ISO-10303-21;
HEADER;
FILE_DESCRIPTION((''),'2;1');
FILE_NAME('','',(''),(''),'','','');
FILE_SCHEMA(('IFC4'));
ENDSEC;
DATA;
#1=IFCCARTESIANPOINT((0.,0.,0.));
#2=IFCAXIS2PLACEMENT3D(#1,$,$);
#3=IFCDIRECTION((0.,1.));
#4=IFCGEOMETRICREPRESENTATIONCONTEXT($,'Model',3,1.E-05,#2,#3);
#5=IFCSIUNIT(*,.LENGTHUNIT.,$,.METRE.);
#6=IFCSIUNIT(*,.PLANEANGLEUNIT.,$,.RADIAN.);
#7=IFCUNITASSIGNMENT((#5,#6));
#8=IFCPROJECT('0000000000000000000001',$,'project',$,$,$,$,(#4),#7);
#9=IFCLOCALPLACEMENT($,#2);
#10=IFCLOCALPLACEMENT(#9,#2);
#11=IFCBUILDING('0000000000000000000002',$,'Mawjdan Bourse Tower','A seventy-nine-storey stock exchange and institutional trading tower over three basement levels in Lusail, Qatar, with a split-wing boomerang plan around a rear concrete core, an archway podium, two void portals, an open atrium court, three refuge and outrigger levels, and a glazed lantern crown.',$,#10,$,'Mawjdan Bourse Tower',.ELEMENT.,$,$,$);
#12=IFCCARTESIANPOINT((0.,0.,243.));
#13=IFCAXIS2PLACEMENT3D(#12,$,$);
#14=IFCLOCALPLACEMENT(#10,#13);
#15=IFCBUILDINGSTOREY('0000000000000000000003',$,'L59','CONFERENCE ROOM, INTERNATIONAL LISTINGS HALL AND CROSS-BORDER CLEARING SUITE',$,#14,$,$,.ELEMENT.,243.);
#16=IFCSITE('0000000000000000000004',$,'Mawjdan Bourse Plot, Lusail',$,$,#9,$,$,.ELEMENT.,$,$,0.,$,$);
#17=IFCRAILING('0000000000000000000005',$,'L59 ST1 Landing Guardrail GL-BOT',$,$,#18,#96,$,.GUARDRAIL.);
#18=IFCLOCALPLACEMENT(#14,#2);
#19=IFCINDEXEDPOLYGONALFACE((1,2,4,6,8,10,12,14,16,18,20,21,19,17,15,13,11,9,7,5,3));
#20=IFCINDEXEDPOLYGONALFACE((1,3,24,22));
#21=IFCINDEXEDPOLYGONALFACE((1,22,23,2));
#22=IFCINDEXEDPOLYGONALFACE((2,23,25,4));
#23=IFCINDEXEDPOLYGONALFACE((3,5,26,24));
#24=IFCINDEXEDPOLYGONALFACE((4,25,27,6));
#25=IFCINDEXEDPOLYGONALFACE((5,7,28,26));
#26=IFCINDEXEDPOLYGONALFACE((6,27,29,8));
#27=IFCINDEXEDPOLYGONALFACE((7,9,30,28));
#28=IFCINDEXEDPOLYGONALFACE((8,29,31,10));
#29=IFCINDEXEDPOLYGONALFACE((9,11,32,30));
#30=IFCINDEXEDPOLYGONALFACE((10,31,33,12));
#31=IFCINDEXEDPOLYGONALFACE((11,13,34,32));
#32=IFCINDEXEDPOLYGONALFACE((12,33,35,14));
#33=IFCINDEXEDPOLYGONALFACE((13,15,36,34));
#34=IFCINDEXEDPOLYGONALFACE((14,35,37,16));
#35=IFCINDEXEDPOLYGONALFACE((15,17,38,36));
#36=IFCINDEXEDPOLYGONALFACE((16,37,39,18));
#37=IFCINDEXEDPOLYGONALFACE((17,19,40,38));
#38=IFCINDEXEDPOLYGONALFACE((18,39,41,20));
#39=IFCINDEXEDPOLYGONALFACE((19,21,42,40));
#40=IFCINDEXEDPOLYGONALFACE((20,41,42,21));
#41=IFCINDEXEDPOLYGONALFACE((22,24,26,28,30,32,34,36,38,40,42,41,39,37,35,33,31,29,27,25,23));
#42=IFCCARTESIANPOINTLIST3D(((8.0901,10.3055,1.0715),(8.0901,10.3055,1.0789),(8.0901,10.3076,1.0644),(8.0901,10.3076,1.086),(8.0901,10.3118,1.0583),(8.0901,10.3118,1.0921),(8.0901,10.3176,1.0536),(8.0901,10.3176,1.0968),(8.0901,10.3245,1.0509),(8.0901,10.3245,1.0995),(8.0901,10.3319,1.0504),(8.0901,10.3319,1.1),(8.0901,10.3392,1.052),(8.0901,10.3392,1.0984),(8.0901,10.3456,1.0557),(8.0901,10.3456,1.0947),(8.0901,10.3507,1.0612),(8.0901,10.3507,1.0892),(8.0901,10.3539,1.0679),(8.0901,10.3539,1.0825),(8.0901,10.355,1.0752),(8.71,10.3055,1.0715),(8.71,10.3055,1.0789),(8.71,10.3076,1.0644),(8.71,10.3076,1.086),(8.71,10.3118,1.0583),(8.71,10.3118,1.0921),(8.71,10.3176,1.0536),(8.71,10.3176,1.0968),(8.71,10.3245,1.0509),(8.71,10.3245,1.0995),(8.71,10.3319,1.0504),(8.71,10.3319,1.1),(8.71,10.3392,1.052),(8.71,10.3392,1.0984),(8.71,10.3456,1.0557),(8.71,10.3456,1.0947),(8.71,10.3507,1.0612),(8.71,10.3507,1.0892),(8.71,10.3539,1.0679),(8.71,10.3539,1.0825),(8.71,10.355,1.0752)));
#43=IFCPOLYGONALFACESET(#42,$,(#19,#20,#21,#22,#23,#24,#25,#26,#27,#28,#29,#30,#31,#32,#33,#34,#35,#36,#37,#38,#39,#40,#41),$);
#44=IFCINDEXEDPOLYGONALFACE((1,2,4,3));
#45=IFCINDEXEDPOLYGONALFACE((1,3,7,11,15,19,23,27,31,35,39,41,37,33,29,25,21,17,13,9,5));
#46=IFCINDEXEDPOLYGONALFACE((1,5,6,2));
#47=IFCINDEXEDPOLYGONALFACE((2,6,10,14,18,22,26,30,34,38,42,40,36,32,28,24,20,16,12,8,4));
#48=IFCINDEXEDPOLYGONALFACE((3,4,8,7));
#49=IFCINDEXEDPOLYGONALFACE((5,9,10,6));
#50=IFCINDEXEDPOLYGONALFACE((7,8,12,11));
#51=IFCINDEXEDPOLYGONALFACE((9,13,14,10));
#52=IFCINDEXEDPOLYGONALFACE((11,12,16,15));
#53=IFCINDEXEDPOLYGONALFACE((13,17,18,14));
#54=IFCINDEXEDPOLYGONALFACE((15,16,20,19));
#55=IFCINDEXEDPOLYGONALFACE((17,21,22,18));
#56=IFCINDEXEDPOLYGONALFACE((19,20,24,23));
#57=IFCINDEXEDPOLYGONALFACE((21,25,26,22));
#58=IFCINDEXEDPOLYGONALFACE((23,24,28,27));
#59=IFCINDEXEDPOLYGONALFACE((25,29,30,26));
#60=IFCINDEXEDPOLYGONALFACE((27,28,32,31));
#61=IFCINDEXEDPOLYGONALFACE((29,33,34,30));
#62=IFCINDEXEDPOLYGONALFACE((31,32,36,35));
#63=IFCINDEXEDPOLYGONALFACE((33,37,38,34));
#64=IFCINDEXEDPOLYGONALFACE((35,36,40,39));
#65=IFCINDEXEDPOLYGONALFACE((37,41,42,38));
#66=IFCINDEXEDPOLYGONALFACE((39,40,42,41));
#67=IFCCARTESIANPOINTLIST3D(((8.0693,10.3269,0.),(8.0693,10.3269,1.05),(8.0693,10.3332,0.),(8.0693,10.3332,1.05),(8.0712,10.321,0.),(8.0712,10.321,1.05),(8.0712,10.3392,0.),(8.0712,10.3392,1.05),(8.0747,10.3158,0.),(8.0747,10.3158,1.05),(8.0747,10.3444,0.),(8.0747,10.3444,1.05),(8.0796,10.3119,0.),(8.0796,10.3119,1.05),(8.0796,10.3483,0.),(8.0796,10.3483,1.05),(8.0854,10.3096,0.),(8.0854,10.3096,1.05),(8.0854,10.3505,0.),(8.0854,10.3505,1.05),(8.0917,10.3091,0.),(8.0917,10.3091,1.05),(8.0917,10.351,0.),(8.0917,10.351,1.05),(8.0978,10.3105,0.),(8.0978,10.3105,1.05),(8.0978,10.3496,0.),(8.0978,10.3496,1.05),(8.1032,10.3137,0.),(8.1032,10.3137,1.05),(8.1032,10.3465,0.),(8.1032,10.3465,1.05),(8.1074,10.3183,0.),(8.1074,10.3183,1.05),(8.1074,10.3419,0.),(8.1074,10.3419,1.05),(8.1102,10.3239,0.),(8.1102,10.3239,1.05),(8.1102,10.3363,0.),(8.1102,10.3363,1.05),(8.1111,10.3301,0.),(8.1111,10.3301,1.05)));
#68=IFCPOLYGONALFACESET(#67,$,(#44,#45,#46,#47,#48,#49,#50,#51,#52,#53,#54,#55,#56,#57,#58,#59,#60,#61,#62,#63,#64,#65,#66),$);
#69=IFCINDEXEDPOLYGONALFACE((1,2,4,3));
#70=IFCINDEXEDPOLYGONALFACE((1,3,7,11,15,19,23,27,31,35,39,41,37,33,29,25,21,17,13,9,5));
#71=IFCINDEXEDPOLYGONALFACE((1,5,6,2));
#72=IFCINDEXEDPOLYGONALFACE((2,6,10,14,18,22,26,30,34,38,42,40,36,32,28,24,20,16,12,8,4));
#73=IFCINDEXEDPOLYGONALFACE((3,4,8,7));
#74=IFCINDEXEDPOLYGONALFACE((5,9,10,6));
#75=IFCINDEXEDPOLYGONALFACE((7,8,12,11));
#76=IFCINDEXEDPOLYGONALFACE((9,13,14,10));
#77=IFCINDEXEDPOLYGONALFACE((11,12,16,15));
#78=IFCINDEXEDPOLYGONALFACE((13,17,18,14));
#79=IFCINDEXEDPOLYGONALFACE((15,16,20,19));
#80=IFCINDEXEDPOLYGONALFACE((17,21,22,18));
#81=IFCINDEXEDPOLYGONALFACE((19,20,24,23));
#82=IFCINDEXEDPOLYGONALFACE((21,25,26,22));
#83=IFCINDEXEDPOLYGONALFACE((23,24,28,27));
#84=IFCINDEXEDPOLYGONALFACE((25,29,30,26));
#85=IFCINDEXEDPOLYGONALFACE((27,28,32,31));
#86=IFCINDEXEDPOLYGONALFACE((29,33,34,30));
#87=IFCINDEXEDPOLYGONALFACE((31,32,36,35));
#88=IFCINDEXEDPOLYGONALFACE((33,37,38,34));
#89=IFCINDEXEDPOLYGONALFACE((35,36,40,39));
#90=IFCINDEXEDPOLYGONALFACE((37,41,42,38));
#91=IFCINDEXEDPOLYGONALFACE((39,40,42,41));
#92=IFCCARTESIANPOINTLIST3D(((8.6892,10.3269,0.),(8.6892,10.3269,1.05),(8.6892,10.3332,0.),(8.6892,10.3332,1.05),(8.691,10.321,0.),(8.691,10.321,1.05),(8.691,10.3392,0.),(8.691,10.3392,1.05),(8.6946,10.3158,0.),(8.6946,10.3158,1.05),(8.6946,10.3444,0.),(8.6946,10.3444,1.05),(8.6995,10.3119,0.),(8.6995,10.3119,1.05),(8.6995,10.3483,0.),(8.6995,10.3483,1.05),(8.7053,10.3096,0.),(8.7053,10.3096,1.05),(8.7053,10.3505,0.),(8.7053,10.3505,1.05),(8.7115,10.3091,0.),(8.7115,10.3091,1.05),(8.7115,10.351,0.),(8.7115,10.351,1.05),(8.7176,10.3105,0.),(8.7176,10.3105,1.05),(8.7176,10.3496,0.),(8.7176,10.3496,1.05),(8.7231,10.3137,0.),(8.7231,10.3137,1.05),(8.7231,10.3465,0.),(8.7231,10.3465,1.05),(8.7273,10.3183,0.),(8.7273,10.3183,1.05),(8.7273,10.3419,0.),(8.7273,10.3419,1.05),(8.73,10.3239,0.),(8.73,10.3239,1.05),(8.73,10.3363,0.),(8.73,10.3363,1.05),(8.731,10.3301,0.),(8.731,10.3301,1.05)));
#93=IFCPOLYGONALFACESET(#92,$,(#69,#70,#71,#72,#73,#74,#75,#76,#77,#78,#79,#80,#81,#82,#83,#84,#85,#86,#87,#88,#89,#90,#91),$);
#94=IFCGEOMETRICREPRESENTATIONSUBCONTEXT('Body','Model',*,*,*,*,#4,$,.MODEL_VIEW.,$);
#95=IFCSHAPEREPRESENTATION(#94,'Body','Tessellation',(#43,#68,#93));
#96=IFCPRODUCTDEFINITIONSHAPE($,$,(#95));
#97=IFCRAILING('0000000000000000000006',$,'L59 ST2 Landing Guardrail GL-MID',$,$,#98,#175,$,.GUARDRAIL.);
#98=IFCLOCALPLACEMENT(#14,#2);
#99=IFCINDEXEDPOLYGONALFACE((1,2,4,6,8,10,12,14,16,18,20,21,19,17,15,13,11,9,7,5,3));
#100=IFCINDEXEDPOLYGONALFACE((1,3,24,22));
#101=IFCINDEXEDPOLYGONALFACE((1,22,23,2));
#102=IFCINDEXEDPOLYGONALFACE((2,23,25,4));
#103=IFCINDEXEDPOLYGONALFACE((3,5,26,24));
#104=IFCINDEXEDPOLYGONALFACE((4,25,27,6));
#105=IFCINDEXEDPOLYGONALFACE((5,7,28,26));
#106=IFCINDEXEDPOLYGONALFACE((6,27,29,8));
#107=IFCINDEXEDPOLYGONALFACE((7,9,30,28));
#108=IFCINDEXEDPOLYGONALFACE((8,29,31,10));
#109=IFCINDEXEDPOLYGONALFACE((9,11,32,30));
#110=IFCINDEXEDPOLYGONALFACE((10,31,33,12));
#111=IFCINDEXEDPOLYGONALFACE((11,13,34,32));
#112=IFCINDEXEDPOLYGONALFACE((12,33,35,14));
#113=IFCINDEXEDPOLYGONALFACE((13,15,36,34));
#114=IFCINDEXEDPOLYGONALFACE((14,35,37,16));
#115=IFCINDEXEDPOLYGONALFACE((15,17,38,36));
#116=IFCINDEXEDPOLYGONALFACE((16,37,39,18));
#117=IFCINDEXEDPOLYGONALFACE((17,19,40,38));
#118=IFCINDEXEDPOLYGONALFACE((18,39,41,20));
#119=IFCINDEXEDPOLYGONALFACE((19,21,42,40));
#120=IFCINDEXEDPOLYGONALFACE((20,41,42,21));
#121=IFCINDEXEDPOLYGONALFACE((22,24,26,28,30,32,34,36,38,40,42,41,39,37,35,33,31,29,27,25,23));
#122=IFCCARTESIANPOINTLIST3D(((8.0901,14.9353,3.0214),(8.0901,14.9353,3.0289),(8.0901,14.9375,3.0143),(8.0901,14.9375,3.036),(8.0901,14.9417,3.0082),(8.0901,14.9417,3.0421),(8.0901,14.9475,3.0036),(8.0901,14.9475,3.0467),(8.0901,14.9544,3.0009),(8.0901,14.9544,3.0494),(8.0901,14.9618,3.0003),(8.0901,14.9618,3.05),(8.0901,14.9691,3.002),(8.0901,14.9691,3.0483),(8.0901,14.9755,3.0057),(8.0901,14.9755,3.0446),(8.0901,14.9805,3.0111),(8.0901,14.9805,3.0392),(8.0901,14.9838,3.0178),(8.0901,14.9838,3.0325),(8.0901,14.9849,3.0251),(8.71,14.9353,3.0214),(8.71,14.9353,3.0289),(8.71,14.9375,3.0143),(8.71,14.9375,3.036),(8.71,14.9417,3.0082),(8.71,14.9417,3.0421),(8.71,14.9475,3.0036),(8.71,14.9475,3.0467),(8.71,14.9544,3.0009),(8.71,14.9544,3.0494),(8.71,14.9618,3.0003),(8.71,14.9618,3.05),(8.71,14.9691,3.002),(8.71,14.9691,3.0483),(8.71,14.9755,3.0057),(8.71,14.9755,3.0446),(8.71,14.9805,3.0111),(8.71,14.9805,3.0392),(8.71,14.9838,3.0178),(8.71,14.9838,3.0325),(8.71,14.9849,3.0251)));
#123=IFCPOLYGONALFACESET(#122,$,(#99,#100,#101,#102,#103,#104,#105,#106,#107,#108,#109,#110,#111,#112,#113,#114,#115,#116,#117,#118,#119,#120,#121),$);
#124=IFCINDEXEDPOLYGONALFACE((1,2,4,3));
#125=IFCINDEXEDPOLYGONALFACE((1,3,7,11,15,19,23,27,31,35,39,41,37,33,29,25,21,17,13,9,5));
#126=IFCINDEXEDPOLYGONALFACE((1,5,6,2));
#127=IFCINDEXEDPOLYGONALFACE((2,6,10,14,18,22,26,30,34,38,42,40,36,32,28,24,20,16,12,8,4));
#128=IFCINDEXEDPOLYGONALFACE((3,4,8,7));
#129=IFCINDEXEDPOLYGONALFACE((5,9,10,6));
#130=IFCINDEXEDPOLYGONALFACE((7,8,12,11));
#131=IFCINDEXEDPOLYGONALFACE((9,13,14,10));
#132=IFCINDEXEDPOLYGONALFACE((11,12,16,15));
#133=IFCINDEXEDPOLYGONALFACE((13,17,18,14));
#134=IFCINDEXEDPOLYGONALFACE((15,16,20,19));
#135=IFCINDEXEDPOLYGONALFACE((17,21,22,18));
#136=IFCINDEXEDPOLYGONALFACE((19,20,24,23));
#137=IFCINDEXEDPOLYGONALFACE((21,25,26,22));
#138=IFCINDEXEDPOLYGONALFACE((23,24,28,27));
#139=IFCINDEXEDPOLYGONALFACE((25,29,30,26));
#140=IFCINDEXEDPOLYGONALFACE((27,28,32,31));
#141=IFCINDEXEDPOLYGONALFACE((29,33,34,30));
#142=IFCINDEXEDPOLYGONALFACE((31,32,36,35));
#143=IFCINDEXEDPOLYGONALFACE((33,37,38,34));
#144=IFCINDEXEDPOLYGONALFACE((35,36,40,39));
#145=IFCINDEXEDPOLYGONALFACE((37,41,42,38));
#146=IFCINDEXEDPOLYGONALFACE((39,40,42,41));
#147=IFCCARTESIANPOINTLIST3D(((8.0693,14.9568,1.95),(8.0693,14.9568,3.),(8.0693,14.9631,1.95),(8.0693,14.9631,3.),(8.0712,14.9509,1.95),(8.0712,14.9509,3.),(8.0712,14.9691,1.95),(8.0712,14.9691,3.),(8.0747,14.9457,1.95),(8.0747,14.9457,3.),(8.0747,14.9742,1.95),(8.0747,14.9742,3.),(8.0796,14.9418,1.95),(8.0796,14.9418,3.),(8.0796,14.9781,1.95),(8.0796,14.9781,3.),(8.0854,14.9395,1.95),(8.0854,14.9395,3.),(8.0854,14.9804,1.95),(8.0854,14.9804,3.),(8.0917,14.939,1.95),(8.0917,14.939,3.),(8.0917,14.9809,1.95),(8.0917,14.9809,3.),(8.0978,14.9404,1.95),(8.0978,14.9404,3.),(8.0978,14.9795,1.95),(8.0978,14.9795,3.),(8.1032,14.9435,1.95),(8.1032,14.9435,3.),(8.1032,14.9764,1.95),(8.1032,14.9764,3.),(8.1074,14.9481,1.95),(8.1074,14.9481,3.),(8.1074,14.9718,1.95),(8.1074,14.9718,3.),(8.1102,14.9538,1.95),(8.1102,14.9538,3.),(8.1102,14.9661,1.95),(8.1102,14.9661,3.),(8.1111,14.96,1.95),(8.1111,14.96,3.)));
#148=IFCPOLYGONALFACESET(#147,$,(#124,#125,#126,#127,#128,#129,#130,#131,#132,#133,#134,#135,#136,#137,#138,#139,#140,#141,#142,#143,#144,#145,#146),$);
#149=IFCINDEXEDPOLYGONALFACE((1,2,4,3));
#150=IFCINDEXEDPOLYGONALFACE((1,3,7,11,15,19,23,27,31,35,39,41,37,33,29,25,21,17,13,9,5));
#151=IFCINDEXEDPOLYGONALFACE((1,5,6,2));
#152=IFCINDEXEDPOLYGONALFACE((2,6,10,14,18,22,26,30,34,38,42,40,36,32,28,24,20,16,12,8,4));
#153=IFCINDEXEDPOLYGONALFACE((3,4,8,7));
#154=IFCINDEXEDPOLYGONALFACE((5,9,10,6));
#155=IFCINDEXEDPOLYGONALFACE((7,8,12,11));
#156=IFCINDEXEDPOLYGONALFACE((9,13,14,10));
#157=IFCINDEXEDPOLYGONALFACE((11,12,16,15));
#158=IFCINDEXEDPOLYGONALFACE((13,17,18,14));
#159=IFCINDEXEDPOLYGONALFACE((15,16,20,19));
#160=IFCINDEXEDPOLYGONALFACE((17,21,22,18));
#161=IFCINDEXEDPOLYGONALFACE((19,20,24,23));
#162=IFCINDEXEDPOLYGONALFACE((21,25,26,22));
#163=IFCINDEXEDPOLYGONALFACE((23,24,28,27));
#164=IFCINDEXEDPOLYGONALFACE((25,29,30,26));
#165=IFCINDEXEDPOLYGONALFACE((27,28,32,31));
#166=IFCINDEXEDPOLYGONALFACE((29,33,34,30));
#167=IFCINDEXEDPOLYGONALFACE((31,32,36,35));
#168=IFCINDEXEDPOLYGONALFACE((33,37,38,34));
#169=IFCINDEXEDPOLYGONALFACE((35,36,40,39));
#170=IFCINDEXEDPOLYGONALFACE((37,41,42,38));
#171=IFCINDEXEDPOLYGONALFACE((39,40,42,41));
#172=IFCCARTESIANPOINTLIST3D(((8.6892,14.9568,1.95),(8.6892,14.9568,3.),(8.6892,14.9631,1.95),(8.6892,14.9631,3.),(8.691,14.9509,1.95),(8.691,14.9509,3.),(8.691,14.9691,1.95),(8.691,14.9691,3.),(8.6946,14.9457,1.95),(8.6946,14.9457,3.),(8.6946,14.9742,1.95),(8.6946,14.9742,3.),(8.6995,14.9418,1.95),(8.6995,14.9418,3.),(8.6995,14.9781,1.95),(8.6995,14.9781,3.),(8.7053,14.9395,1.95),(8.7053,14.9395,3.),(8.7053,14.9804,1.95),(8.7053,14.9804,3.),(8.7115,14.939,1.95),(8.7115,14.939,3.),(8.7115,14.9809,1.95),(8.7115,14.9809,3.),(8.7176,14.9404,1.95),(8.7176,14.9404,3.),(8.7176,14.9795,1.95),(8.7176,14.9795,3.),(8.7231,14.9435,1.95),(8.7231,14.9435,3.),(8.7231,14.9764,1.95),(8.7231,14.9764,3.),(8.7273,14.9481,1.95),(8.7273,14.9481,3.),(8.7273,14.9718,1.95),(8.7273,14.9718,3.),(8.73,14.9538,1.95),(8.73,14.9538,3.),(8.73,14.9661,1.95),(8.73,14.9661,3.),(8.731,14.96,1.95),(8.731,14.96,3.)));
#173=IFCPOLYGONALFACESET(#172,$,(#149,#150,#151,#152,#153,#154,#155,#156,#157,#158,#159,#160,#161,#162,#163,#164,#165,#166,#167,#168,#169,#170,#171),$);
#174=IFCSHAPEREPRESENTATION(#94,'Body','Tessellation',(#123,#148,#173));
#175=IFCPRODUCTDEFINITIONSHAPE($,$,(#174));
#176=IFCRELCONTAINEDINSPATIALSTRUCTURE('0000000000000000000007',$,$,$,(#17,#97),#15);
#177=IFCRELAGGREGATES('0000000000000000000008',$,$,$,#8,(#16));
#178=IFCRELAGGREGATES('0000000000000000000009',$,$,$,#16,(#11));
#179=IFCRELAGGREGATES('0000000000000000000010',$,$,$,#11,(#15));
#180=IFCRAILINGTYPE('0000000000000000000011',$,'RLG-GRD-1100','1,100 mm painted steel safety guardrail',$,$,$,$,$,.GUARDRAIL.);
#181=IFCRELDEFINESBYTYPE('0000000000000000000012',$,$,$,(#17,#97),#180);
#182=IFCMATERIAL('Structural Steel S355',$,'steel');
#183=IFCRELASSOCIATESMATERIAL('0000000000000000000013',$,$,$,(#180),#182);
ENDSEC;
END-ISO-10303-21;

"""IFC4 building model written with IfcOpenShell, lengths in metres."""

from ifc_helpers import new_model, si_unit, direction, frame, origin, origin_2d, place, context, subcontext, project, spatial, circle, extrude, material, type_object, element, save


model = new_model("IFC4")

# Units and contexts
model_context = context("Model", 3, precision=1e-05, world=origin(), true_north=direction((0.0, 1.0)))
body_context = subcontext(model_context, "Body", "Model", "MODEL_VIEW")
ifc_project = project(units=[si_unit("LENGTHUNIT", "METRE"), si_unit("PLANEANGLEUNIT", "RADIAN")], contexts=[model_context])

# Site, building, storey
site_placement = place(None, origin())
site = spatial("IfcSite", under=ifc_project, at=site_placement, Name="Mawjdan Bourse Plot, Lusail", CompositionType="ELEMENT", RefElevation=0.0)
building_placement = place(site_placement, origin())
building = spatial("IfcBuilding", under=site, at=building_placement, Name="Mawjdan Bourse Tower", Description="A seventy-nine-storey stock exchange and institutional trading tower over three basement levels in Lusail, Qatar, with a split-wing boomerang plan around a rear concrete core, an archway podium, two void portals, an open atrium court, three refuge and outrigger levels, and a glazed lantern crown.", LongName="Mawjdan Bourse Tower", CompositionType="ELEMENT")
storey_placement = place(building_placement, frame((0.0, 0.0, 243.0)))
storey = spatial("IfcBuildingStorey", under=building, at=storey_placement, Name="L59", Description="CONFERENCE ROOM, INTERNATIONAL LISTINGS HALL AND CROSS-BORDER CLEARING SUITE", CompositionType="ELEMENT", Elevation=243.0)

# Shared definitions
ifc_material_1 = material(Name="Structural Steel S355", Category="steel")

# Railings
railing_type_1 = type_object("IfcRailingType", Name="RLG-GRD-1100", Description="1,100 mm painted steel safety guardrail", PredefinedType="GUARDRAIL", material=ifc_material_1)
for number, where, name in (
    (1, (8.0901, 10.3301, 0.0), "L59 ST1 Landing Guardrail GL-BOT"),
    (2, (8.0901, 14.96, 1.95), "L59 ST2 Landing Guardrail GL-MID"),
):
    element("IfcRailing", number, at=place(storey_placement, frame(where)), inside=storey, type_object=railing_type_1, Name=name, PredefinedType="GUARDRAIL", context=body_context, shape_type="SweptSolid", body=[
        extrude(circle(Radius=0.0249, at=origin_2d()), frame((0.0, 0.0, 1.0752), z_axis=(1.0, 0.0, 0.0), x_axis=(0.0, 1.0, 0.0)), (0.0, 0.0, 1.0), 0.6199),
        extrude(circle(Radius=0.021, at=origin_2d()), origin(), (0.0, 0.0, 1.0), 1.05),
        extrude(circle(Radius=0.021, at=origin_2d()), frame((0.6199, 0.0, 0.0)), (0.0, 0.0, 1.0), 1.05),
    ])

save(model, "model.ifc")
